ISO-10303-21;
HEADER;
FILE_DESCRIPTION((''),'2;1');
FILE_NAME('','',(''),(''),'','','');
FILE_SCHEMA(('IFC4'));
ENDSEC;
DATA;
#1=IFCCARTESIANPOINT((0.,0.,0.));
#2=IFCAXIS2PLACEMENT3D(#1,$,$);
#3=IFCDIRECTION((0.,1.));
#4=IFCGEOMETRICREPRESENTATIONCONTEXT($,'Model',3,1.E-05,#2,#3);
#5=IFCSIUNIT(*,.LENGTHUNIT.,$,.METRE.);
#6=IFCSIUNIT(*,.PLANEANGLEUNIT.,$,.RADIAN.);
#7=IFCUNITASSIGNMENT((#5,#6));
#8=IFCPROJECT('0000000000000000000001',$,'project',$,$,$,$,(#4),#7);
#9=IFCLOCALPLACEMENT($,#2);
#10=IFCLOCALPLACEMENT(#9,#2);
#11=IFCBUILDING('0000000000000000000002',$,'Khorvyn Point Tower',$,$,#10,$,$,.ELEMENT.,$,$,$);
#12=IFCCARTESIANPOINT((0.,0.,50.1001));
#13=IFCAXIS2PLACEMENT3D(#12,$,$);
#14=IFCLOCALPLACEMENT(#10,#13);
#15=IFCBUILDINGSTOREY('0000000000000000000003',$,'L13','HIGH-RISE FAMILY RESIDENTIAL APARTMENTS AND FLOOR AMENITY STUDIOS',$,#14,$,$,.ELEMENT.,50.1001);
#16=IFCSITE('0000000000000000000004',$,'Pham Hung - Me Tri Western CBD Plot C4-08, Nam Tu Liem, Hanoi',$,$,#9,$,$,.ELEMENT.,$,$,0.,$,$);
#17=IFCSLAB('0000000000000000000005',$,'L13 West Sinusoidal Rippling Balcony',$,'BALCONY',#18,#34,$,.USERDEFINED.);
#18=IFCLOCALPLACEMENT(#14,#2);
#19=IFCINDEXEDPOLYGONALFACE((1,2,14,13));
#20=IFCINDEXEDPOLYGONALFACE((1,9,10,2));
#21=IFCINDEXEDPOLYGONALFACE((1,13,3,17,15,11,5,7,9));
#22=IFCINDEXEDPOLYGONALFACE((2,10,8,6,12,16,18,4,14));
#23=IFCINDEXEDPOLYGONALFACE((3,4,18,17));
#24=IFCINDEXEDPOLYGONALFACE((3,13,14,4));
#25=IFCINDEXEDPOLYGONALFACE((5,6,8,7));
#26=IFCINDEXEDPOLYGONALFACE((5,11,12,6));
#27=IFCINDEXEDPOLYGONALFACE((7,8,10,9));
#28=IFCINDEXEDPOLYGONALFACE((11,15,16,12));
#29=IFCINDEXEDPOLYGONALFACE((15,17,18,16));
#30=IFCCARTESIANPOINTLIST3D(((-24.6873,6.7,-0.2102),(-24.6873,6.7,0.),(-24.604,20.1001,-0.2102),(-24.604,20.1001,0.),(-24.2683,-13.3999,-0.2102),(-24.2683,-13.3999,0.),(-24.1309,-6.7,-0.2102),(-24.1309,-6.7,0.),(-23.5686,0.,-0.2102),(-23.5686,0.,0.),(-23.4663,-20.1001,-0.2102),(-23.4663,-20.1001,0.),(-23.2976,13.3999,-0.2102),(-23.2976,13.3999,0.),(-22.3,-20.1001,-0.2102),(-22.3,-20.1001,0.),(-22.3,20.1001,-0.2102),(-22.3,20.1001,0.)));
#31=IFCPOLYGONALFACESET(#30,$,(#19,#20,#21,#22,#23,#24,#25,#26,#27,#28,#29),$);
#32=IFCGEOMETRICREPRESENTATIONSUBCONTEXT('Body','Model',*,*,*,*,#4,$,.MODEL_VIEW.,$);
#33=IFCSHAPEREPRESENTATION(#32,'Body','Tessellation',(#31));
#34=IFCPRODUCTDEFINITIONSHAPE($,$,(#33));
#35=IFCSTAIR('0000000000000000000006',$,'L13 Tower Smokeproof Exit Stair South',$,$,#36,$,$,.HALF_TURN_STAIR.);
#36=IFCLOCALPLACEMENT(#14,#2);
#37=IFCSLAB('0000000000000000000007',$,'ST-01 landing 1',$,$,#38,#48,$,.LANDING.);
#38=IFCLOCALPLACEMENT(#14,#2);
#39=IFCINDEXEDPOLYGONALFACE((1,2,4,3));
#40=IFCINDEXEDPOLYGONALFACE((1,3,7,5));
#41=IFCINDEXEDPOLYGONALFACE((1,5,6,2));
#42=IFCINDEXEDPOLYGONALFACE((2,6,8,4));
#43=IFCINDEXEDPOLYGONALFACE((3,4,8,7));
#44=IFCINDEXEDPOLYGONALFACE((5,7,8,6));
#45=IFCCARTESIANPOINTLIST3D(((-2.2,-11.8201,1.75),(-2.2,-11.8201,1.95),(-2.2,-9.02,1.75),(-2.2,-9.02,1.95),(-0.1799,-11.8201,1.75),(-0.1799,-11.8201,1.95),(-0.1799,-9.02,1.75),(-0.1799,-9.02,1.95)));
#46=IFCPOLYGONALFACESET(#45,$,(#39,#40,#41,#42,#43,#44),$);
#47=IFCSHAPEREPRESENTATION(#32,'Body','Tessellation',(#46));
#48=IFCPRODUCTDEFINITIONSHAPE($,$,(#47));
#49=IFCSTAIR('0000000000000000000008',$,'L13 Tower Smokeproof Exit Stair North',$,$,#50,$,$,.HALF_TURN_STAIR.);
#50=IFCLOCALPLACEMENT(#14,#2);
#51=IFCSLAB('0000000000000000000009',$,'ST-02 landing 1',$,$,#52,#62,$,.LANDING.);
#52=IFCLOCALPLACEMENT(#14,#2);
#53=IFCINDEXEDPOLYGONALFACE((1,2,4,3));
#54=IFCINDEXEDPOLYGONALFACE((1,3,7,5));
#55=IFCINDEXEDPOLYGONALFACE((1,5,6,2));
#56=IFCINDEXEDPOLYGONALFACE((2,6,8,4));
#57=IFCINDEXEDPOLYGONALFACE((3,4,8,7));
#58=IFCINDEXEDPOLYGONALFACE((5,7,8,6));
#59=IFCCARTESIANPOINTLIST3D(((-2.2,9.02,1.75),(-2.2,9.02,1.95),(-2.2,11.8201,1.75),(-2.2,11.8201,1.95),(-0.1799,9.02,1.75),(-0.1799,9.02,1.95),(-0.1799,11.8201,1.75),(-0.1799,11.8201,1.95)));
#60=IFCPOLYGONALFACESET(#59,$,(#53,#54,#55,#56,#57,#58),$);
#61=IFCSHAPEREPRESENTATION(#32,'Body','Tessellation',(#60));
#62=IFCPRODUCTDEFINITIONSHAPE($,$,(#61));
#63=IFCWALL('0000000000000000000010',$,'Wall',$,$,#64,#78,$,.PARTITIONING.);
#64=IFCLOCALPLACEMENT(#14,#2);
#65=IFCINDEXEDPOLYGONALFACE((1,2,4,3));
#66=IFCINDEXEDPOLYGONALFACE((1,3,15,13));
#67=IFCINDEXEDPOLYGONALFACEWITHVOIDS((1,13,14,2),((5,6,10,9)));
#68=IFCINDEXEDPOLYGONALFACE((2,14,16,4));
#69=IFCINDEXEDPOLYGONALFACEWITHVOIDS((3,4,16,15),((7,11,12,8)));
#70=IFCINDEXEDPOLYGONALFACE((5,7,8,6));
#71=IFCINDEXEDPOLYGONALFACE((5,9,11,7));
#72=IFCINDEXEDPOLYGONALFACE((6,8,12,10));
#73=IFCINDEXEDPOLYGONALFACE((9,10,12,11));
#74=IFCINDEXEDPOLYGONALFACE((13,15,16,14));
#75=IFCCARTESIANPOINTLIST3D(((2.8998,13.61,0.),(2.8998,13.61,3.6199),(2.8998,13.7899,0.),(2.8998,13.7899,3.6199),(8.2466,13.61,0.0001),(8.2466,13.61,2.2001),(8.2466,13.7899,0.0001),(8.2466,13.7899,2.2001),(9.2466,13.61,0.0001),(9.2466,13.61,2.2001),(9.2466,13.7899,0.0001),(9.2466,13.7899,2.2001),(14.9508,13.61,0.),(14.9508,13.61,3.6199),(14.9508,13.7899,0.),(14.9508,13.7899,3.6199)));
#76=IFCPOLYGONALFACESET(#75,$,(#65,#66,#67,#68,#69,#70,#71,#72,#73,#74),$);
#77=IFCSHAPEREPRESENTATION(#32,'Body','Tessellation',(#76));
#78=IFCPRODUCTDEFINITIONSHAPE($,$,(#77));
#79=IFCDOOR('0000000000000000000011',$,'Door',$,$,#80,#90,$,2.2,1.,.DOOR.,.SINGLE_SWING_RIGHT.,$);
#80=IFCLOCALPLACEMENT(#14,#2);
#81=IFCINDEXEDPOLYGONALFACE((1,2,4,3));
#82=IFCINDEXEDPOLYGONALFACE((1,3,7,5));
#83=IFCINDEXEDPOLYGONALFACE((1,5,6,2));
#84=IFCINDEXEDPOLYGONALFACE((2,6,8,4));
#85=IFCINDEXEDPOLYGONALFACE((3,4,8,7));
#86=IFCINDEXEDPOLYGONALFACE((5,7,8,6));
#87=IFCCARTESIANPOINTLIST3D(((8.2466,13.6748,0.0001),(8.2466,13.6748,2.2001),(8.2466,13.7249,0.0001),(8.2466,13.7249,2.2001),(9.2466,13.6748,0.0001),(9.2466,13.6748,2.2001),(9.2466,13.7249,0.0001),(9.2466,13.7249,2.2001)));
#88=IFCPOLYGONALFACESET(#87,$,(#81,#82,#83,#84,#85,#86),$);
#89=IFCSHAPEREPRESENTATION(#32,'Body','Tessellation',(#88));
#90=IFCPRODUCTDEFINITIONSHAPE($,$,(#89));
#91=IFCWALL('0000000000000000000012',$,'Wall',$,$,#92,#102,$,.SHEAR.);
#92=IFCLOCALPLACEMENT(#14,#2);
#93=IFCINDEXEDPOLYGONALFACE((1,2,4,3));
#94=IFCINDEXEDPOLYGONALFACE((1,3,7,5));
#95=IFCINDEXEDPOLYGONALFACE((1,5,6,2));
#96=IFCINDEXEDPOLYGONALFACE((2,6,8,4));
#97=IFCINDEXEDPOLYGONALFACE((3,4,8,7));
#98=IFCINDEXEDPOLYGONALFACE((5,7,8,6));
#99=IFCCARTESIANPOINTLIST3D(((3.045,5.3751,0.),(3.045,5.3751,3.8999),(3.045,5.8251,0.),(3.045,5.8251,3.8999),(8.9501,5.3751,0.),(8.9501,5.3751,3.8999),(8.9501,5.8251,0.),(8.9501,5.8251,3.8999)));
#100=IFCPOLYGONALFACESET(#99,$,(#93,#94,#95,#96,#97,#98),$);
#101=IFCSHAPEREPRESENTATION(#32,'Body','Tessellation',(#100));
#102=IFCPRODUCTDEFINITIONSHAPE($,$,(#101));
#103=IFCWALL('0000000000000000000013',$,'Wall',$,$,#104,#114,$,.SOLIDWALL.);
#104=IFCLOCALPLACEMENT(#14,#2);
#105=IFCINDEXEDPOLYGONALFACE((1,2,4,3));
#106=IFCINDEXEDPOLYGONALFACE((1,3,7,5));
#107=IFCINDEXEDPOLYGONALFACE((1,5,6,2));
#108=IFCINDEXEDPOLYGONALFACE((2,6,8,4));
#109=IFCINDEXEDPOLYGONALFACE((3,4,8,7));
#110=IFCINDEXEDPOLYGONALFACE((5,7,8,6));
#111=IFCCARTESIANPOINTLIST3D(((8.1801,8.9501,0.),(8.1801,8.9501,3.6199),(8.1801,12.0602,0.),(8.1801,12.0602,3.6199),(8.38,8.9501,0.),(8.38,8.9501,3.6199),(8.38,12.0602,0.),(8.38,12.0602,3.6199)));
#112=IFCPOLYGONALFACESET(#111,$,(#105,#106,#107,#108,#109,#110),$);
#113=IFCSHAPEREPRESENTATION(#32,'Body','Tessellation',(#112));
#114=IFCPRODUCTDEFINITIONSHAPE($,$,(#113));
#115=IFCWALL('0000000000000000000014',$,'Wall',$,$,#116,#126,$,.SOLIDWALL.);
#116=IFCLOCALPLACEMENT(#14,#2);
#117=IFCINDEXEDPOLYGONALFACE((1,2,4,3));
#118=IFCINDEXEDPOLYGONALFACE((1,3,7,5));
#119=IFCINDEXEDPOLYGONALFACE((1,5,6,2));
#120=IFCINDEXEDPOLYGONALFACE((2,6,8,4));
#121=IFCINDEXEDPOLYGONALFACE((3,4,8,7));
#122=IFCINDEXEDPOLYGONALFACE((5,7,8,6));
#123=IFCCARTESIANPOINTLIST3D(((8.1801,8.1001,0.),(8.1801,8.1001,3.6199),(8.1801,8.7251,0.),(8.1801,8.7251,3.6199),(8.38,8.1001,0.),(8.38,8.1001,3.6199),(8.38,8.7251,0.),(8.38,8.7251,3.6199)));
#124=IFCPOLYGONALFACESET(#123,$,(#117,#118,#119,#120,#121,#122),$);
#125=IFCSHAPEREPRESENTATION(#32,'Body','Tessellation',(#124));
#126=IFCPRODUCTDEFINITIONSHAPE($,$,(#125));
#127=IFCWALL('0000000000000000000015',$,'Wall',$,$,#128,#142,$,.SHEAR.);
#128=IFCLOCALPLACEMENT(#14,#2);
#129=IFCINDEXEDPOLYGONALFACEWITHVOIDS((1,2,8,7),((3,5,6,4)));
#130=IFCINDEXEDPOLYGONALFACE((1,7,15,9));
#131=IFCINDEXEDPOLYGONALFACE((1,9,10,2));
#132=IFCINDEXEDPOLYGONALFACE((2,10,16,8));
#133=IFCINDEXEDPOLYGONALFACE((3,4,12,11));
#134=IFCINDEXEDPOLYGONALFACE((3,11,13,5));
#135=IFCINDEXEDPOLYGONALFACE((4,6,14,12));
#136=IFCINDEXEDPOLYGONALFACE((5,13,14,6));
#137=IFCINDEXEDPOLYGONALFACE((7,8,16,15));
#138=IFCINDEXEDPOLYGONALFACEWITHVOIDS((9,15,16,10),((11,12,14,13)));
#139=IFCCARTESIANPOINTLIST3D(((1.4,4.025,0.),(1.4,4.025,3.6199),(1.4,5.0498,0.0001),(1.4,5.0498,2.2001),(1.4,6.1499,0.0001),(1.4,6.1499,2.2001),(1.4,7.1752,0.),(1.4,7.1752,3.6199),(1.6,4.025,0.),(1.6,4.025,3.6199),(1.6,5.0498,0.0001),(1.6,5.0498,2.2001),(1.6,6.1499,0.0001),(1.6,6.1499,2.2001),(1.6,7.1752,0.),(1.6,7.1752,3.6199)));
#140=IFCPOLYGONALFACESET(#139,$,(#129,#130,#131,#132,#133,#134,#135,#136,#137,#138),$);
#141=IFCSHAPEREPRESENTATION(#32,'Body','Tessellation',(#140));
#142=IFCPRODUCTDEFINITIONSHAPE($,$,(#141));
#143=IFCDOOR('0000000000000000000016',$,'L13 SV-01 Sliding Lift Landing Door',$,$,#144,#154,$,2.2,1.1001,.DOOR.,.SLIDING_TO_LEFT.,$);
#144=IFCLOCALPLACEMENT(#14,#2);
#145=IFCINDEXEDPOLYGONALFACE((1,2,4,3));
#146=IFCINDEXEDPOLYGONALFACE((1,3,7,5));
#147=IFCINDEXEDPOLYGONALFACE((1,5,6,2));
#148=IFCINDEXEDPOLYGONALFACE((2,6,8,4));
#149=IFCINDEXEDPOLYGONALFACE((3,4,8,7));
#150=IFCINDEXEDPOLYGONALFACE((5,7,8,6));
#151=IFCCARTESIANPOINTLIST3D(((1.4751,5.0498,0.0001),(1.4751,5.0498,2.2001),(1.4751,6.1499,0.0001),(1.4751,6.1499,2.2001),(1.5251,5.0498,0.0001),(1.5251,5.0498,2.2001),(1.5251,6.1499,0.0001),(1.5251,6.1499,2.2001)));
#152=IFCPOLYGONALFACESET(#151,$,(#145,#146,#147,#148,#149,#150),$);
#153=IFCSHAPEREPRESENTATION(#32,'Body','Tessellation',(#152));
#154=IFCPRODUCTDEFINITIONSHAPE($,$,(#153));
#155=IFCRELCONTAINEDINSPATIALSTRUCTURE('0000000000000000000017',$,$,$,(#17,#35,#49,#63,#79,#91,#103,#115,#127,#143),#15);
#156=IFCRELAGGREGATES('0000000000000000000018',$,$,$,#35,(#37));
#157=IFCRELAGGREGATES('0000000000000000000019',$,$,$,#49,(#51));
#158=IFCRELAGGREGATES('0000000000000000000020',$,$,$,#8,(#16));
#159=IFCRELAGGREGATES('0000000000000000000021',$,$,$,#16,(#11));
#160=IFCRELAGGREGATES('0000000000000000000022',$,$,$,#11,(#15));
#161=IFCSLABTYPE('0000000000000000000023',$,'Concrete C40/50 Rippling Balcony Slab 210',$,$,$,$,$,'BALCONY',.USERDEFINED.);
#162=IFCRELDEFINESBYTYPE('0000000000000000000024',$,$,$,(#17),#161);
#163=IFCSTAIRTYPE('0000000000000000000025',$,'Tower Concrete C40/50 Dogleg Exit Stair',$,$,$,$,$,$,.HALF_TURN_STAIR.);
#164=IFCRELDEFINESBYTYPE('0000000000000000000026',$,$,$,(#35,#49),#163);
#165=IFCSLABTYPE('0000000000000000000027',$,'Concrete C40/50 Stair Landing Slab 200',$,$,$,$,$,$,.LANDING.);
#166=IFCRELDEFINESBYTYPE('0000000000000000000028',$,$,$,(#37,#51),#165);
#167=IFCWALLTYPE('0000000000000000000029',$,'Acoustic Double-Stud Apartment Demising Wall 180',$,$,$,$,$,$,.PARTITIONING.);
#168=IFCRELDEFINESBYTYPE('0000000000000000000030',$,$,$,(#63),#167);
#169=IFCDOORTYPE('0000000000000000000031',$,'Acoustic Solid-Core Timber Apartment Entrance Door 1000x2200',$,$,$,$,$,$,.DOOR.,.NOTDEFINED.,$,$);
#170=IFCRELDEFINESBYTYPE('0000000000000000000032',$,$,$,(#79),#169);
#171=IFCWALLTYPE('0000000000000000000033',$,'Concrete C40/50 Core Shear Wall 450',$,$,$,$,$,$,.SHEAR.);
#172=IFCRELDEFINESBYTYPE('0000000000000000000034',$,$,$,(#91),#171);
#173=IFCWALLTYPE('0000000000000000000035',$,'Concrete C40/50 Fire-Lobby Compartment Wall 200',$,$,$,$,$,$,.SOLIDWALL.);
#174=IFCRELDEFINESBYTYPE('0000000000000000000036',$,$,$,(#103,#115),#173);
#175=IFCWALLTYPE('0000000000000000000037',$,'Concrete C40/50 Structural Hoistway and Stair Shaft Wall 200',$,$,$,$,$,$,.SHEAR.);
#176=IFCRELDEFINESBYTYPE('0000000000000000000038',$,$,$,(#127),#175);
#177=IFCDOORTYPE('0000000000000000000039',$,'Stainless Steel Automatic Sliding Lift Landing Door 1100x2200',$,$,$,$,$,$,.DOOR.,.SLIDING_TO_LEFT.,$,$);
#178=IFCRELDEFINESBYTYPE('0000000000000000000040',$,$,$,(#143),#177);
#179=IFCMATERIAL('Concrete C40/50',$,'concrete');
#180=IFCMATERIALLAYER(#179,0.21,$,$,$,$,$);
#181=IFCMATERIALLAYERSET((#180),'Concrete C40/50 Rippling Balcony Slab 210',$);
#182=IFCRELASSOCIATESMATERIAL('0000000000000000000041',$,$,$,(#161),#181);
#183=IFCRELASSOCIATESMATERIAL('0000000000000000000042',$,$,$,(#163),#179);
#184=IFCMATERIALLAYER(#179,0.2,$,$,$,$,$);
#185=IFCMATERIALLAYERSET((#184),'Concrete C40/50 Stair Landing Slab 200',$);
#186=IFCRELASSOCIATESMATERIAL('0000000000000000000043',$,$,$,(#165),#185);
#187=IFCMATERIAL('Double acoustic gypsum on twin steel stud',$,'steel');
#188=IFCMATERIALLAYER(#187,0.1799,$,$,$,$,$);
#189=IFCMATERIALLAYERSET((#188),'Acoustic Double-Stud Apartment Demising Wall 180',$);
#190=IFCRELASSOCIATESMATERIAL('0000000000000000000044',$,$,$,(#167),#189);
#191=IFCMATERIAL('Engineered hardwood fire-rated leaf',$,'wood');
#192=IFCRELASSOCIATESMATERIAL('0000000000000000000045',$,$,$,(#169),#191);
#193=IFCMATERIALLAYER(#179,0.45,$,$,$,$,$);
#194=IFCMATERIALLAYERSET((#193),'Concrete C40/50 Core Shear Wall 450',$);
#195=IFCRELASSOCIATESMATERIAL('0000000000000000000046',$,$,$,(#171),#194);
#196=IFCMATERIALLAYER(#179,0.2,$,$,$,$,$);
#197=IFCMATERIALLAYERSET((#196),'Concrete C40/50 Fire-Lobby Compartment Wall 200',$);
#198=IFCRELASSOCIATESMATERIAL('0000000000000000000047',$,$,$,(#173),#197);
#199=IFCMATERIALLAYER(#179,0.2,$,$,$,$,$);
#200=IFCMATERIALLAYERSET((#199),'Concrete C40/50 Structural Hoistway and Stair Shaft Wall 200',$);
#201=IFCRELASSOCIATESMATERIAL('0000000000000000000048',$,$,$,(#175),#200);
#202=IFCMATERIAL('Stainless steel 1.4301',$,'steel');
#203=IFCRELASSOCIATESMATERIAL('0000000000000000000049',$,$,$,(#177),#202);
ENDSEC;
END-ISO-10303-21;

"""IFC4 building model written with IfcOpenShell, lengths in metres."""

from ifc_helpers import new_model, si_unit, direction, frame, frame_2d, origin, place, context, subcontext, project, spatial, polyline, rectangle, outline, extrude, material, layer, layer_set, type_object, element, fill, aggregate, save


model = new_model("IFC4")

# Units and contexts
model_context = context("Model", 3, precision=1e-05, world=origin(), true_north=direction((0.0, 1.0)))
body_context = subcontext(model_context, "Body", "Model", "MODEL_VIEW")
ifc_project = project(units=[si_unit("LENGTHUNIT", "METRE"), si_unit("PLANEANGLEUNIT", "RADIAN")], contexts=[model_context])

# Site, building, storey
site_placement = place(None, origin())
site = spatial("IfcSite", under=ifc_project, at=site_placement, Name="Pham Hung - Me Tri Western CBD Plot C4-08, Nam Tu Liem, Hanoi", CompositionType="ELEMENT", RefElevation=0.0)
building_placement = place(site_placement, origin())
building = spatial("IfcBuilding", under=site, at=building_placement, Name="Khorvyn Point Tower", CompositionType="ELEMENT")
storey_placement = place(building_placement, frame((0.0, 0.0, 50.1001)))
storey = spatial("IfcBuildingStorey", under=building, at=storey_placement, Name="L13", Description="HIGH-RISE FAMILY RESIDENTIAL APARTMENTS AND FLOOR AMENITY STUDIOS", CompositionType="ELEMENT", Elevation=50.1001)

# Shared definitions
ifc_material_1 = material(Name="Concrete C40/50", Category="concrete")

# Slab
ifc_layer_1 = layer(ifc_material_1, 0.21)
ifc_layer_set_1 = layer_set([ifc_layer_1], Name="Concrete C40/50 Rippling Balcony Slab 210")
slab_type_1 = type_object("IfcSlabType", Name="Concrete C40/50 Rippling Balcony Slab 210", ElementType="BALCONY", PredefinedType="USERDEFINED", material=ifc_layer_set_1)
slab_1_placement = place(storey_placement, frame((0.0, 0.0, -0.2102)))
element("IfcSlab", 1, at=slab_1_placement, inside=storey, type_object=slab_type_1, Name="L13 West Sinusoidal Rippling Balcony", ObjectType="BALCONY", PredefinedType="USERDEFINED", context=body_context, shape_type="SweptSolid", body=[
    extrude(outline(polyline([(-22.3, 20.1001), (-24.604, 20.1001), (-23.2976, 13.3999), (-24.6873, 6.7), (-23.5686, 0.0), (-24.1309, -6.7), (-24.2683, -13.3999), (-23.4663, -20.1001), (-22.3, -20.1001), (-22.3, 20.1001)])), origin(), (0.0, 0.0, 1.0), 0.2102),
])

# Stairs, slabs
stair_type = type_object("IfcStairType", Name="Tower Concrete C40/50 Dogleg Exit Stair", PredefinedType="HALF_TURN_STAIR", material=ifc_material_1)
stair_1_placement = place(storey_placement, origin())
stair_1 = element("IfcStair", 2, at=stair_1_placement, inside=storey, type_object=stair_type, Name="L13 Tower Smokeproof Exit Stair South", PredefinedType="HALF_TURN_STAIR")
ifc_layer_2 = layer(ifc_material_1, 0.2)
ifc_layer_set_2 = layer_set([ifc_layer_2], Name="Concrete C40/50 Stair Landing Slab 200")
slab_type_2 = type_object("IfcSlabType", Name="Concrete C40/50 Stair Landing Slab 200", PredefinedType="LANDING", material=ifc_layer_set_2)
slab_2_placement = place(storey_placement, frame((0.0, 0.0, 1.75)))
slab_2 = element("IfcSlab", 3, at=slab_2_placement, type_object=slab_type_2, Name="ST-01 landing 1", PredefinedType="LANDING", context=body_context, shape_type="SweptSolid", body=[
    extrude(outline(polyline([(-0.1799, -9.02), (-2.2, -9.02), (-2.2, -11.8201), (-0.1799, -11.8201), (-0.1799, -9.02)])), origin(), (0.0, 0.0, 1.0), 0.2),
])
aggregate(stair_1, [slab_2])
stair_2_placement = place(storey_placement, origin())
stair_2 = element("IfcStair", 4, at=stair_2_placement, inside=storey, type_object=stair_type, Name="L13 Tower Smokeproof Exit Stair North", PredefinedType="HALF_TURN_STAIR")
slab_3_placement = place(storey_placement, frame((0.0, 0.0, 1.75)))
slab_3 = element("IfcSlab", 5, at=slab_3_placement, type_object=slab_type_2, Name="ST-02 landing 1", PredefinedType="LANDING", context=body_context, shape_type="SweptSolid", body=[
    extrude(outline(polyline([(-0.1799, 11.8201), (-2.2, 11.8201), (-2.2, 9.02), (-0.1799, 9.02), (-0.1799, 11.8201)])), origin(), (0.0, 0.0, 1.0), 0.2),
])

# Wall, opening, door
ifc_material_2 = material(Name="Double acoustic gypsum on twin steel stud", Category="steel")
ifc_layer_3 = layer(ifc_material_2, 0.1799)
ifc_layer_set_3 = layer_set([ifc_layer_3], Name="Acoustic Double-Stud Apartment Demising Wall 180")
wall_type_1 = type_object("IfcWallType", Name="Acoustic Double-Stud Apartment Demising Wall 180", PredefinedType="PARTITIONING", material=ifc_layer_set_3)
wall_1_placement = place(storey_placement, frame((2.8999, 13.7, 0.0), z_axis=(0.0, 0.0, 1.0), x_axis=(1.0, 0.0, 0.0)))
wall_1 = element("IfcWall", 6, at=wall_1_placement, inside=storey, type_object=wall_type_1, Name="Wall", PredefinedType="PARTITIONING", context=body_context, shape_type="SweptSolid", body=[
    extrude(rectangle(XDim=12.051, YDim=0.1799, at=frame_2d((6.0254, 0.0))), origin(), (0.0, 0.0, 1.0), 3.6199),
])
opening_1_placement = place(wall_1_placement, frame((5.3467, 0.0, 0.0)))
opening_1 = element("IfcOpeningElement", 7, at=opening_1_placement, cuts=wall_1, PredefinedType="OPENING", context=body_context, shape_type="SweptSolid", body=[
    extrude(rectangle(XDim=1.0, YDim=2.2, at=frame_2d((0.5, 1.1001))), frame((0.0, 0.0999, 0.0), z_axis=(0.0, -1.0, 0.0), x_axis=(1.0, 0.0, 0.0)), (0.0, 0.0, 1.0), 0.2),
])
ifc_material_3 = material(Name="Engineered hardwood fire-rated leaf", Category="wood")
door_type_1 = type_object("IfcDoorType", Name="Acoustic Solid-Core Timber Apartment Entrance Door 1000x2200", OperationType="NOTDEFINED", PredefinedType="DOOR", material=ifc_material_3)
door_1_placement = place(opening_1_placement, origin())
door_1 = element("IfcDoor", 8, at=door_1_placement, inside=storey, type_object=door_type_1, Name="Door", OperationType="SINGLE_SWING_RIGHT", OverallHeight=2.2, OverallWidth=1.0, PredefinedType="DOOR", context=body_context, shape_type="SweptSolid", body=[
    extrude(rectangle(XDim=1.0, YDim=2.2, at=frame_2d((0.5, 1.1001))), frame((0.0, 0.0249, 0.0), z_axis=(0.0, -1.0, 0.0), x_axis=(1.0, 0.0, 0.0)), (0.0, 0.0, 1.0), 0.05),
])
fill(opening_1, door_1)

# Wall
ifc_layer_4 = layer(ifc_material_1, 0.45)
ifc_layer_set_4 = layer_set([ifc_layer_4], Name="Concrete C40/50 Core Shear Wall 450")
wall_type_2 = type_object("IfcWallType", Name="Concrete C40/50 Core Shear Wall 450", PredefinedType="SHEAR", material=ifc_layer_set_4)
wall_2_placement = place(storey_placement, frame((3.0449, 5.6001, 0.0), z_axis=(0.0, 0.0, 1.0), x_axis=(1.0, 0.0, 0.0)))
element("IfcWall", 9, at=wall_2_placement, inside=storey, type_object=wall_type_2, Name="Wall", PredefinedType="SHEAR", context=body_context, shape_type="SweptSolid", body=[
    extrude(rectangle(XDim=5.905, YDim=0.45, at=frame_2d((2.9526, 0.0))), origin(), (0.0, 0.0, 1.0), 3.8999),
])

# Shared definitions
ifc_layer_5 = layer(ifc_material_1, 0.2)
ifc_layer_set_5 = layer_set([ifc_layer_5], Name="Concrete C40/50 Fire-Lobby Compartment Wall 200")
wall_type_3 = type_object("IfcWallType", Name="Concrete C40/50 Fire-Lobby Compartment Wall 200", PredefinedType="SOLIDWALL", material=ifc_layer_set_5)

# Walls
wall_3_placement = place(storey_placement, frame((8.28, 8.95, 0.0), z_axis=(0.0, 0.0, 1.0), x_axis=(0.0, 1.0, 0.0)))
element("IfcWall", 10, at=wall_3_placement, inside=storey, type_object=wall_type_3, Name="Wall", PredefinedType="SOLIDWALL", context=body_context, shape_type="SweptSolid", body=[
    extrude(rectangle(XDim=3.1101, YDim=0.2, at=frame_2d((1.5552, 0.0))), origin(), (0.0, 0.0, 1.0), 3.6199),
])
wall_4_placement = place(storey_placement, frame((8.28, 8.1001, 0.0), z_axis=(0.0, 0.0, 1.0), x_axis=(0.0, 1.0, 0.0)))
element("IfcWall", 11, at=wall_4_placement, inside=storey, type_object=wall_type_3, Name="Wall", PredefinedType="SOLIDWALL", context=body_context, shape_type="SweptSolid", body=[
    extrude(rectangle(XDim=0.625, YDim=0.2, at=frame_2d((0.3125, 0.0))), origin(), (0.0, 0.0, 1.0), 3.6199),
])

# Wall, opening, door
ifc_layer_6 = layer(ifc_material_1, 0.2)
ifc_layer_set_6 = layer_set([ifc_layer_6], Name="Concrete C40/50 Structural Hoistway and Stair Shaft Wall 200")
wall_type_4 = type_object("IfcWallType", Name="Concrete C40/50 Structural Hoistway and Stair Shaft Wall 200", PredefinedType="SHEAR", material=ifc_layer_set_6)
wall_5_placement = place(storey_placement, frame((1.5, 4.0249, 0.0), z_axis=(0.0, 0.0, 1.0), x_axis=(0.0, 1.0, 0.0)))
wall_5 = element("IfcWall", 12, at=wall_5_placement, inside=storey, type_object=wall_type_4, Name="Wall", PredefinedType="SHEAR", context=body_context, shape_type="SweptSolid", body=[
    extrude(rectangle(XDim=3.1501, YDim=0.2, at=frame_2d((1.5752, 0.0))), origin(), (0.0, 0.0, 1.0), 3.6199),
])
opening_2_placement = place(wall_5_placement, frame((1.0249, 0.0, 0.0)))
opening_2 = element("IfcOpeningElement", 13, at=opening_2_placement, cuts=wall_5, PredefinedType="OPENING", context=body_context, shape_type="SweptSolid", body=[
    extrude(rectangle(XDim=1.1001, YDim=2.2, at=frame_2d((0.55, 1.1001))), frame((0.0, 0.1099, 0.0), z_axis=(0.0, -1.0, 0.0), x_axis=(1.0, 0.0, 0.0)), (0.0, 0.0, 1.0), 0.22),
])
ifc_material_4 = material(Name="Stainless steel 1.4301", Category="steel")
door_type_2 = type_object("IfcDoorType", Name="Stainless Steel Automatic Sliding Lift Landing Door 1100x2200", OperationType="SLIDING_TO_LEFT", PredefinedType="DOOR", material=ifc_material_4)
door_2_placement = place(opening_2_placement, origin())
door_2 = element("IfcDoor", 14, at=door_2_placement, inside=storey, type_object=door_type_2, Name="L13 SV-01 Sliding Lift Landing Door", OperationType="SLIDING_TO_LEFT", OverallHeight=2.2, OverallWidth=1.1001, PredefinedType="DOOR", context=body_context, shape_type="SweptSolid", body=[
    extrude(rectangle(XDim=1.1001, YDim=2.2, at=frame_2d((0.55, 1.1001))), frame((0.0, 0.0249, 0.0), z_axis=(0.0, -1.0, 0.0), x_axis=(1.0, 0.0, 0.0)), (0.0, 0.0, 1.0), 0.05),
])
fill(opening_2, door_2)

aggregate(stair_2, [slab_3])

save(model, "model.ifc")
